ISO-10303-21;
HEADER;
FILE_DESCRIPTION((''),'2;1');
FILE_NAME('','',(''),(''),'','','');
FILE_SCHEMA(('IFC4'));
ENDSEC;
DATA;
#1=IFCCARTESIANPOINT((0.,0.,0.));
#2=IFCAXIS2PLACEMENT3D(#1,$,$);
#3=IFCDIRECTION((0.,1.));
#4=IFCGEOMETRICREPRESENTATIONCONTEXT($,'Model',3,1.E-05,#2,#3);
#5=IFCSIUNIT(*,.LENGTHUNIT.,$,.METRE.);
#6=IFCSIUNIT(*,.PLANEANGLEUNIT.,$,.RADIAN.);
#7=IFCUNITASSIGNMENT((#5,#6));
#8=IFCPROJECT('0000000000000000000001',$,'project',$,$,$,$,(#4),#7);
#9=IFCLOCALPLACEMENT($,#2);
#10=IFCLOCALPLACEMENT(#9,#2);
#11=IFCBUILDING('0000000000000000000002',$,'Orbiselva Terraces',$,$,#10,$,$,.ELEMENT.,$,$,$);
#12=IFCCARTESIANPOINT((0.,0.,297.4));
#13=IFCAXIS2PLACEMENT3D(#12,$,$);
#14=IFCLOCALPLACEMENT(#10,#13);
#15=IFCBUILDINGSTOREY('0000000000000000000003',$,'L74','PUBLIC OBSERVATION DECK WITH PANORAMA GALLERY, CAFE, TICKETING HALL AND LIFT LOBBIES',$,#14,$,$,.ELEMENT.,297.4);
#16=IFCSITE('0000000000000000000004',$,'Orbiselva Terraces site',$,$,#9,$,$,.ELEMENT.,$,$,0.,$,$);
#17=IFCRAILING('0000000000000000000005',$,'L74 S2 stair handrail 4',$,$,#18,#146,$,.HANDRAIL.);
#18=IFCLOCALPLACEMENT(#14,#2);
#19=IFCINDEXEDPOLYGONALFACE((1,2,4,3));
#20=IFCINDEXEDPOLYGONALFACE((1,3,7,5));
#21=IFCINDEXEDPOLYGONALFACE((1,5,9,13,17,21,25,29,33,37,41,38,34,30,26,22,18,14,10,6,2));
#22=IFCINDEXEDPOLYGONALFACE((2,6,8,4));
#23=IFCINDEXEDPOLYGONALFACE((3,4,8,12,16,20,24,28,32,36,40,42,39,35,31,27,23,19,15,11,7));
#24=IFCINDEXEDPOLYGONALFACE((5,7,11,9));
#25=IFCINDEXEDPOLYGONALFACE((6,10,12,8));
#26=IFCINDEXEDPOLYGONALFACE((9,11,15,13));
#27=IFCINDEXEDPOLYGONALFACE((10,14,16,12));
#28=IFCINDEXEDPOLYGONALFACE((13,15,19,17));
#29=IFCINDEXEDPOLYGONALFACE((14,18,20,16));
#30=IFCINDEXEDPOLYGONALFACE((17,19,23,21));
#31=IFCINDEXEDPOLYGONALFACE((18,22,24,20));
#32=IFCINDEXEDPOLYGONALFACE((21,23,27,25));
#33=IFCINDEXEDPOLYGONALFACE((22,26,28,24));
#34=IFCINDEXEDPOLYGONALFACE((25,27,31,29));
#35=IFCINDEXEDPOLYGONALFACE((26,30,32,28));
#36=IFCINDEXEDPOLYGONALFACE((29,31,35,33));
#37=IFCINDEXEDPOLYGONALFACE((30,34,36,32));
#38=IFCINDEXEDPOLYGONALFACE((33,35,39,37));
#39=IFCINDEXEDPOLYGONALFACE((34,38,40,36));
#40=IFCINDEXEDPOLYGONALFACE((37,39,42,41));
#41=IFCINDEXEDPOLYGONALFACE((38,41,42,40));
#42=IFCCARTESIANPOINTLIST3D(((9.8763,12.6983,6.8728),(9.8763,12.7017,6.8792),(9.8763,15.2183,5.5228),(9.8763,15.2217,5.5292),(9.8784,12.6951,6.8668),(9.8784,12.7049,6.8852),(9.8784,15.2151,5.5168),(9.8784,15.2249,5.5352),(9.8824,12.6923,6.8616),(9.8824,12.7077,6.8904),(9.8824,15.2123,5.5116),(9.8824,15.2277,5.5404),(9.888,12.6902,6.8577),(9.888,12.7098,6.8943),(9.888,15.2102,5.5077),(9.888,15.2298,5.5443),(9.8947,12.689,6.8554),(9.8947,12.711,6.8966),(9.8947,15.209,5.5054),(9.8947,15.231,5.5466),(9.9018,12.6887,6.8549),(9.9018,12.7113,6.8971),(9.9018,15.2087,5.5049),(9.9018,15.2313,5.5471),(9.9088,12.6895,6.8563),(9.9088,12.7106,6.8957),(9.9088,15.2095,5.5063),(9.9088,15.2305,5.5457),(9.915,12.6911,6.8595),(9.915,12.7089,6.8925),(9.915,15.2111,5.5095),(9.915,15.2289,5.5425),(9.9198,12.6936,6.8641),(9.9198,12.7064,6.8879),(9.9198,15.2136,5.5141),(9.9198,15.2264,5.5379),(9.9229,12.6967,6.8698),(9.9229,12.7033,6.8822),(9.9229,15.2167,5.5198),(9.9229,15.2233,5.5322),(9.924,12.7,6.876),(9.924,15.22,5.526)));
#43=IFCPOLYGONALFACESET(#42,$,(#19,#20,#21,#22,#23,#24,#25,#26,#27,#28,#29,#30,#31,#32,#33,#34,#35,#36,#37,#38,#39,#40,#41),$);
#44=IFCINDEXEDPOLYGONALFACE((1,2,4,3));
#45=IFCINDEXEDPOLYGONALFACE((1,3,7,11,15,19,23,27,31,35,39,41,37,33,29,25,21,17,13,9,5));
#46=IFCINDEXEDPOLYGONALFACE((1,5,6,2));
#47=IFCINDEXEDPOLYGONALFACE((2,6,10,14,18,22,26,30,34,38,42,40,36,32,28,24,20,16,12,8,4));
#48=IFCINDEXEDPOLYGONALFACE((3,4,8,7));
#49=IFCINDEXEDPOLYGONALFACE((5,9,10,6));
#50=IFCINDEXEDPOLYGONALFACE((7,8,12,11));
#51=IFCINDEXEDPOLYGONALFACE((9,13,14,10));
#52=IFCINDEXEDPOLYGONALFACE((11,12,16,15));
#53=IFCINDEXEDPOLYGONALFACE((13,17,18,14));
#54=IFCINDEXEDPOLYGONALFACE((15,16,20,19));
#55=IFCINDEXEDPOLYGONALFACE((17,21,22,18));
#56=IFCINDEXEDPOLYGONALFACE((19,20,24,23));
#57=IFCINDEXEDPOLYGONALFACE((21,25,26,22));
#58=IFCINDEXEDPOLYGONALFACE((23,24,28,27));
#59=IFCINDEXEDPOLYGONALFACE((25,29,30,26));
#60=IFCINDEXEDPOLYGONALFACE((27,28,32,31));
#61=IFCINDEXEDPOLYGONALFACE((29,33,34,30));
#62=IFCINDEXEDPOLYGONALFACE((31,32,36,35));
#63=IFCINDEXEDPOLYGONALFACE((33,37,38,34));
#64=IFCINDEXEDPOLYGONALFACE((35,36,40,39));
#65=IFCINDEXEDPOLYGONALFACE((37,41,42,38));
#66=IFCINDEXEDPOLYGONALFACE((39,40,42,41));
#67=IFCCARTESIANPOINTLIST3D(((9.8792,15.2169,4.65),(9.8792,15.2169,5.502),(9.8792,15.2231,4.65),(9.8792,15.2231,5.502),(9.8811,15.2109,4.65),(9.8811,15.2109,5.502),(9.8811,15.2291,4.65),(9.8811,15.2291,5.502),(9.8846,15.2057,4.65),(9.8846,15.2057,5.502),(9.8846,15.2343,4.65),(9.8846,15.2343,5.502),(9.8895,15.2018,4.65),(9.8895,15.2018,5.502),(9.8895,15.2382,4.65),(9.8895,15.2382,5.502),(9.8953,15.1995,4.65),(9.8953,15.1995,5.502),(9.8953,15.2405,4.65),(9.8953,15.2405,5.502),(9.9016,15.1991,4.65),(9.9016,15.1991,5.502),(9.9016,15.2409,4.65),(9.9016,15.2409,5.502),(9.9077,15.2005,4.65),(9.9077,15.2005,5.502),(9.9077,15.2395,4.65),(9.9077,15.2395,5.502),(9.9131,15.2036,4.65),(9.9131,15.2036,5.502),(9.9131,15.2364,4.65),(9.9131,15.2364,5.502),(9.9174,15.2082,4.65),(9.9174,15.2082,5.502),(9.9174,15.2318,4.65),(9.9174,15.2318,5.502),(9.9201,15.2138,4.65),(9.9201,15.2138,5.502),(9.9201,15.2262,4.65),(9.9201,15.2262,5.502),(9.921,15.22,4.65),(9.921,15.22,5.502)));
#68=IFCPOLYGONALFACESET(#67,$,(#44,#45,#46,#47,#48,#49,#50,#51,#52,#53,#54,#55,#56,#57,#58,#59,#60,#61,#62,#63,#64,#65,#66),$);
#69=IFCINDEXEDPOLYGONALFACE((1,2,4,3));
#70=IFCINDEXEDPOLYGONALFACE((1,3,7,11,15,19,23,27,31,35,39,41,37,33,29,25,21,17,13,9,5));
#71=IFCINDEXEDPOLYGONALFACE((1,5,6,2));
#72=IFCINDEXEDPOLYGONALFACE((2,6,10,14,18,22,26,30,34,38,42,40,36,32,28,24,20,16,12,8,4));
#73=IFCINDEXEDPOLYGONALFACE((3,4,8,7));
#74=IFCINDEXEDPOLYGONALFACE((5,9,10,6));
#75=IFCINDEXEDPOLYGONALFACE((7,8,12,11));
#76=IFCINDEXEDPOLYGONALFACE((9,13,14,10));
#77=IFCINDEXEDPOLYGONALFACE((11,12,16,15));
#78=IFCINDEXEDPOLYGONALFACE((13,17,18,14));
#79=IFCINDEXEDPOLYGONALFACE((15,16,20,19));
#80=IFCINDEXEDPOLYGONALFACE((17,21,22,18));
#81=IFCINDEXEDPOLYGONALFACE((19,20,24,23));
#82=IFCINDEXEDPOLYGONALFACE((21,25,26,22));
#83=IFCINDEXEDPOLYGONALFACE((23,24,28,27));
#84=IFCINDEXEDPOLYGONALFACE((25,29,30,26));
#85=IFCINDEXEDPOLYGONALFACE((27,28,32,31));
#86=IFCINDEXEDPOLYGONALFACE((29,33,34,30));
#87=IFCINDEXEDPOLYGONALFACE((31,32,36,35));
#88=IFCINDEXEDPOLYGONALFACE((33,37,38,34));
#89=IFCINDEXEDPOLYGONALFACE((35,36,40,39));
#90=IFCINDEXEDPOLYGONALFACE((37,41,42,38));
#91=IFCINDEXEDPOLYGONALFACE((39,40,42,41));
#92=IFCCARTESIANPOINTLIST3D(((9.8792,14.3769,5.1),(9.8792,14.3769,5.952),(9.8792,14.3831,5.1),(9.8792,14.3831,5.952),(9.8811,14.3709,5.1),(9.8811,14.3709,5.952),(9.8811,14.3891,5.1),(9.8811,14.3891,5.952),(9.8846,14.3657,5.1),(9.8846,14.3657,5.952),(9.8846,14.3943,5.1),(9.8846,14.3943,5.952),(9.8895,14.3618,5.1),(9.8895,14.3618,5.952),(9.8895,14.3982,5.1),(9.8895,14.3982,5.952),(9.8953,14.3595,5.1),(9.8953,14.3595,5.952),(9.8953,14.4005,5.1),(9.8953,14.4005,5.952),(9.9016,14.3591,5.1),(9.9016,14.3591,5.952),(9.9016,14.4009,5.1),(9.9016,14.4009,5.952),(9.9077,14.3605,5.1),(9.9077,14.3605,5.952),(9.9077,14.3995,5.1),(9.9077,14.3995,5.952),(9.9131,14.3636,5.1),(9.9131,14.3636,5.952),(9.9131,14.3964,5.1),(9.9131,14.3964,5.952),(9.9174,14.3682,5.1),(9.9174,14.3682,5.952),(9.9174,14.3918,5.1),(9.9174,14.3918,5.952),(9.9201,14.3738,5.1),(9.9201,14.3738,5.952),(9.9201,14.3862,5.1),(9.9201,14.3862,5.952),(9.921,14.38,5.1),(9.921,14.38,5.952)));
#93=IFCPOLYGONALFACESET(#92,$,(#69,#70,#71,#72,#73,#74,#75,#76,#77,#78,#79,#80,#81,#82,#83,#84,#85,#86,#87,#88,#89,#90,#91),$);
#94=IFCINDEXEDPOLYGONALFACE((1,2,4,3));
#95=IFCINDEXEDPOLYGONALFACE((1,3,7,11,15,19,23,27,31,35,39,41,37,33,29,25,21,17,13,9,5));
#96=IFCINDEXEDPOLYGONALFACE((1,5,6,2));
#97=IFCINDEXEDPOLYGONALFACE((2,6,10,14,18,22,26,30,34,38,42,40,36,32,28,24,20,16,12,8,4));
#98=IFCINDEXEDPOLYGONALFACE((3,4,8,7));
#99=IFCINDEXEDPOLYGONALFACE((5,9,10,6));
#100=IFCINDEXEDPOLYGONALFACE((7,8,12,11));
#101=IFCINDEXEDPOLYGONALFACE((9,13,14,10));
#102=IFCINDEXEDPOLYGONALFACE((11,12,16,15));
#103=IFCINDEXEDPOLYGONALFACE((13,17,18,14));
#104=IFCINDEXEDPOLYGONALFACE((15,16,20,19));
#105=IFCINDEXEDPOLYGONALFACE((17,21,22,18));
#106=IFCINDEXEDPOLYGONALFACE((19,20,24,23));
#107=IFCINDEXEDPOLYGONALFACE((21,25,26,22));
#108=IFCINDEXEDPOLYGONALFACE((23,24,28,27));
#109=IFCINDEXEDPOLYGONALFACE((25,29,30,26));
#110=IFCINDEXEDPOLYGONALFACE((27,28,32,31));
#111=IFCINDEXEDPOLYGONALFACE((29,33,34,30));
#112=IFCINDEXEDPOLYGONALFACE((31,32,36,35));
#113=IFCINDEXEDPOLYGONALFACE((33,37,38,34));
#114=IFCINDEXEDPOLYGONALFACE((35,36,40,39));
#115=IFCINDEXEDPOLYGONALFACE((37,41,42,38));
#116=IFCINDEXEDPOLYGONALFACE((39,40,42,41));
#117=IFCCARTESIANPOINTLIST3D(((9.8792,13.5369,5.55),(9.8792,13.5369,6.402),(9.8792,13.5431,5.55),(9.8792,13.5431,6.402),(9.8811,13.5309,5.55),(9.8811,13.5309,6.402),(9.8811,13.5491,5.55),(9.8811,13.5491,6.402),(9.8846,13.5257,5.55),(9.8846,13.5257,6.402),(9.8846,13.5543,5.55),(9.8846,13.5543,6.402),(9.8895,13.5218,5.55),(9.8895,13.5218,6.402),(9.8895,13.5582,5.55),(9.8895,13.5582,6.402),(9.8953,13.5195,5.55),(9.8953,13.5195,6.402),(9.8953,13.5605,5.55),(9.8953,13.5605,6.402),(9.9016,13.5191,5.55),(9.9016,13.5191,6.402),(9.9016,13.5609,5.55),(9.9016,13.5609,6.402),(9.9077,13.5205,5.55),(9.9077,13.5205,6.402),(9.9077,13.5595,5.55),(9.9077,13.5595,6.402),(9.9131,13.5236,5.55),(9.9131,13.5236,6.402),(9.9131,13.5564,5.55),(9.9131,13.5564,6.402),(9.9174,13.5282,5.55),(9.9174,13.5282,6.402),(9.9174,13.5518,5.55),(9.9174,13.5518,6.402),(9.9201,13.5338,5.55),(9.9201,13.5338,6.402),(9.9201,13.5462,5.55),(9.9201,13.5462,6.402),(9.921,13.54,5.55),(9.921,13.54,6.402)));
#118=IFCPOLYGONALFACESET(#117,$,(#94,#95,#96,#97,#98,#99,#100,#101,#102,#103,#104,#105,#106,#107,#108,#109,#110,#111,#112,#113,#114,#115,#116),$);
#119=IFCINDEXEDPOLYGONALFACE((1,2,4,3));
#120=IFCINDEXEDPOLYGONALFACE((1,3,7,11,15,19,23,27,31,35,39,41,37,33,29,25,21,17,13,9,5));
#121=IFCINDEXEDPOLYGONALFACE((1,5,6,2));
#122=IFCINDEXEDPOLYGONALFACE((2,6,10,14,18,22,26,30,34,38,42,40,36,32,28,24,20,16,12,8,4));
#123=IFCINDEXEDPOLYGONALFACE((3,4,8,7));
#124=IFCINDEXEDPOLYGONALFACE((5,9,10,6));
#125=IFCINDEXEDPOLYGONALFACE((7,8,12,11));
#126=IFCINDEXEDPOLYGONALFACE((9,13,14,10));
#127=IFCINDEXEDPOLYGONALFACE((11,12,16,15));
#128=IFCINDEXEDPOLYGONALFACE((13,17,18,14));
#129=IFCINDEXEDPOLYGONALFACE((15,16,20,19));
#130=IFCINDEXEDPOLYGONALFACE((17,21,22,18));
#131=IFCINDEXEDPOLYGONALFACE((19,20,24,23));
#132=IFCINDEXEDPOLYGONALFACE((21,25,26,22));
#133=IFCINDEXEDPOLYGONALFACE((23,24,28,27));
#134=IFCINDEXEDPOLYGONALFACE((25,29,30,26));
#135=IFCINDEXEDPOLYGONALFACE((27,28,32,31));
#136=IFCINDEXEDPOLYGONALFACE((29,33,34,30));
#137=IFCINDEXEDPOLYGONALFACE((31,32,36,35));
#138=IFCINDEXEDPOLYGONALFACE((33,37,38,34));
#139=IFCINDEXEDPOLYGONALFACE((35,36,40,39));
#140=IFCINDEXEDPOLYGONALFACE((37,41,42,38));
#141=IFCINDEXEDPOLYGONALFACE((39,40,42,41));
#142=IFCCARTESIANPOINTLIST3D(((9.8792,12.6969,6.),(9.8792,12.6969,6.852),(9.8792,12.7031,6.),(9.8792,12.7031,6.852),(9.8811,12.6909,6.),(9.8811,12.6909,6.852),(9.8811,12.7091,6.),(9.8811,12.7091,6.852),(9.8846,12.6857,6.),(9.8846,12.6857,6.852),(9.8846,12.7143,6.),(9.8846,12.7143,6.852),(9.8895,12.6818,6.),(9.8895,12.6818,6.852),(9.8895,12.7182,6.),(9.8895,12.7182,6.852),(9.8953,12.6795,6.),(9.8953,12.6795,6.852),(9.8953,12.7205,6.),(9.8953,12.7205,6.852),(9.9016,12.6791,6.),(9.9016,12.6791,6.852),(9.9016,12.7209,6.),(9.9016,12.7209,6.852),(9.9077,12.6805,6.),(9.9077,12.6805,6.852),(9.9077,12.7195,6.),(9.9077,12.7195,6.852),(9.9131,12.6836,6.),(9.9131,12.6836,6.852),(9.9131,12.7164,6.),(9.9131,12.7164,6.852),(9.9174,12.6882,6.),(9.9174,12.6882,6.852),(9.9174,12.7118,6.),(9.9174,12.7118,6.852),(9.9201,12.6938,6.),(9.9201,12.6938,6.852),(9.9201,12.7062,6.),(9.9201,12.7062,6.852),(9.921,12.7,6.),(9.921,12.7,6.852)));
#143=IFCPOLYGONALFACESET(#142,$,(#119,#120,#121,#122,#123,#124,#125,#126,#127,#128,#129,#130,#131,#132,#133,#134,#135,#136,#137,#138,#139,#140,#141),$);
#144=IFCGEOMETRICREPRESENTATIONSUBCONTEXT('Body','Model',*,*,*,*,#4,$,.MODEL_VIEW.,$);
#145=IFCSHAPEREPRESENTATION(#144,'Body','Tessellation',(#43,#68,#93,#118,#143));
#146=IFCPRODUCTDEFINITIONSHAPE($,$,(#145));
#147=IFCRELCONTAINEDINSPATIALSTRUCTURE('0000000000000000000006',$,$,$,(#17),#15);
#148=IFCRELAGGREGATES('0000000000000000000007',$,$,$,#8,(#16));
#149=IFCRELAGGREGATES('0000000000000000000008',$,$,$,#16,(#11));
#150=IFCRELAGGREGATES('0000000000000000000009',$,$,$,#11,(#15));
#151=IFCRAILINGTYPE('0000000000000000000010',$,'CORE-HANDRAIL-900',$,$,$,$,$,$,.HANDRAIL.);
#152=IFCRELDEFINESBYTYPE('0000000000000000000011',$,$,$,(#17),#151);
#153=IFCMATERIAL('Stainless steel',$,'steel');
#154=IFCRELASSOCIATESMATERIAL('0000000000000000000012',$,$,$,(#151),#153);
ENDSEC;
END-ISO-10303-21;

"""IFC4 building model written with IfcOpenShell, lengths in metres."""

from ifc_helpers import new_model, si_unit, direction, frame, origin, origin_2d, place, context, subcontext, project, spatial, circle, extrude, material, type_object, element, save


model = new_model("IFC4")

# Units and contexts
model_context = context("Model", 3, precision=1e-05, world=origin(), true_north=direction((0.0, 1.0)))
body_context = subcontext(model_context, "Body", "Model", "MODEL_VIEW")
ifc_project = project(units=[si_unit("LENGTHUNIT", "METRE"), si_unit("PLANEANGLEUNIT", "RADIAN")], contexts=[model_context])

# Site, building, storey
site_placement = place(None, origin())
site = spatial("IfcSite", under=ifc_project, at=site_placement, Name="Orbiselva Terraces site", CompositionType="ELEMENT", RefElevation=0.0)
building_placement = place(site_placement, origin())
building = spatial("IfcBuilding", under=site, at=building_placement, Name="Orbiselva Terraces", CompositionType="ELEMENT")
storey_placement = place(building_placement, frame((0.0, 0.0, 297.4)))
storey = spatial("IfcBuildingStorey", under=building, at=storey_placement, Name="L74", Description="PUBLIC OBSERVATION DECK WITH PANORAMA GALLERY, CAFE, TICKETING HALL AND LIFT LOBBIES", CompositionType="ELEMENT", Elevation=297.4)

# Railing
ifc_material_1 = material(Name="Stainless steel", Category="steel")
railing_type = type_object("IfcRailingType", Name="CORE-HANDRAIL-900", PredefinedType="HANDRAIL", material=ifc_material_1)
railing_1_placement = place(storey_placement, frame((9.9, 15.22, 4.65)))
element("IfcRailing", 1, at=railing_1_placement, inside=storey, type_object=railing_type, Name="L74 S2 stair handrail 4", PredefinedType="HANDRAIL", context=body_context, shape_type="SweptSolid", body=[
    extrude(circle(Radius=0.024, at=origin_2d()), frame((0.0, 0.0, 0.876), z_axis=(0.0, -0.88148, 0.472221), x_axis=(1.0, 0.0, 0.0)), (0.0, 0.0, 1.0), 2.8588),
    extrude(circle(Radius=0.021, at=origin_2d()), origin(), (0.0, 0.0, 1.0), 0.852),
    extrude(circle(Radius=0.021, at=origin_2d()), frame((0.0, -0.84, 0.45)), (0.0, 0.0, 1.0), 0.852),
    extrude(circle(Radius=0.021, at=origin_2d()), frame((0.0, -1.68, 0.9)), (0.0, 0.0, 1.0), 0.852),
    extrude(circle(Radius=0.021, at=origin_2d()), frame((0.0, -2.52, 1.35)), (0.0, 0.0, 1.0), 0.852),
])

save(model, "model.ifc")
